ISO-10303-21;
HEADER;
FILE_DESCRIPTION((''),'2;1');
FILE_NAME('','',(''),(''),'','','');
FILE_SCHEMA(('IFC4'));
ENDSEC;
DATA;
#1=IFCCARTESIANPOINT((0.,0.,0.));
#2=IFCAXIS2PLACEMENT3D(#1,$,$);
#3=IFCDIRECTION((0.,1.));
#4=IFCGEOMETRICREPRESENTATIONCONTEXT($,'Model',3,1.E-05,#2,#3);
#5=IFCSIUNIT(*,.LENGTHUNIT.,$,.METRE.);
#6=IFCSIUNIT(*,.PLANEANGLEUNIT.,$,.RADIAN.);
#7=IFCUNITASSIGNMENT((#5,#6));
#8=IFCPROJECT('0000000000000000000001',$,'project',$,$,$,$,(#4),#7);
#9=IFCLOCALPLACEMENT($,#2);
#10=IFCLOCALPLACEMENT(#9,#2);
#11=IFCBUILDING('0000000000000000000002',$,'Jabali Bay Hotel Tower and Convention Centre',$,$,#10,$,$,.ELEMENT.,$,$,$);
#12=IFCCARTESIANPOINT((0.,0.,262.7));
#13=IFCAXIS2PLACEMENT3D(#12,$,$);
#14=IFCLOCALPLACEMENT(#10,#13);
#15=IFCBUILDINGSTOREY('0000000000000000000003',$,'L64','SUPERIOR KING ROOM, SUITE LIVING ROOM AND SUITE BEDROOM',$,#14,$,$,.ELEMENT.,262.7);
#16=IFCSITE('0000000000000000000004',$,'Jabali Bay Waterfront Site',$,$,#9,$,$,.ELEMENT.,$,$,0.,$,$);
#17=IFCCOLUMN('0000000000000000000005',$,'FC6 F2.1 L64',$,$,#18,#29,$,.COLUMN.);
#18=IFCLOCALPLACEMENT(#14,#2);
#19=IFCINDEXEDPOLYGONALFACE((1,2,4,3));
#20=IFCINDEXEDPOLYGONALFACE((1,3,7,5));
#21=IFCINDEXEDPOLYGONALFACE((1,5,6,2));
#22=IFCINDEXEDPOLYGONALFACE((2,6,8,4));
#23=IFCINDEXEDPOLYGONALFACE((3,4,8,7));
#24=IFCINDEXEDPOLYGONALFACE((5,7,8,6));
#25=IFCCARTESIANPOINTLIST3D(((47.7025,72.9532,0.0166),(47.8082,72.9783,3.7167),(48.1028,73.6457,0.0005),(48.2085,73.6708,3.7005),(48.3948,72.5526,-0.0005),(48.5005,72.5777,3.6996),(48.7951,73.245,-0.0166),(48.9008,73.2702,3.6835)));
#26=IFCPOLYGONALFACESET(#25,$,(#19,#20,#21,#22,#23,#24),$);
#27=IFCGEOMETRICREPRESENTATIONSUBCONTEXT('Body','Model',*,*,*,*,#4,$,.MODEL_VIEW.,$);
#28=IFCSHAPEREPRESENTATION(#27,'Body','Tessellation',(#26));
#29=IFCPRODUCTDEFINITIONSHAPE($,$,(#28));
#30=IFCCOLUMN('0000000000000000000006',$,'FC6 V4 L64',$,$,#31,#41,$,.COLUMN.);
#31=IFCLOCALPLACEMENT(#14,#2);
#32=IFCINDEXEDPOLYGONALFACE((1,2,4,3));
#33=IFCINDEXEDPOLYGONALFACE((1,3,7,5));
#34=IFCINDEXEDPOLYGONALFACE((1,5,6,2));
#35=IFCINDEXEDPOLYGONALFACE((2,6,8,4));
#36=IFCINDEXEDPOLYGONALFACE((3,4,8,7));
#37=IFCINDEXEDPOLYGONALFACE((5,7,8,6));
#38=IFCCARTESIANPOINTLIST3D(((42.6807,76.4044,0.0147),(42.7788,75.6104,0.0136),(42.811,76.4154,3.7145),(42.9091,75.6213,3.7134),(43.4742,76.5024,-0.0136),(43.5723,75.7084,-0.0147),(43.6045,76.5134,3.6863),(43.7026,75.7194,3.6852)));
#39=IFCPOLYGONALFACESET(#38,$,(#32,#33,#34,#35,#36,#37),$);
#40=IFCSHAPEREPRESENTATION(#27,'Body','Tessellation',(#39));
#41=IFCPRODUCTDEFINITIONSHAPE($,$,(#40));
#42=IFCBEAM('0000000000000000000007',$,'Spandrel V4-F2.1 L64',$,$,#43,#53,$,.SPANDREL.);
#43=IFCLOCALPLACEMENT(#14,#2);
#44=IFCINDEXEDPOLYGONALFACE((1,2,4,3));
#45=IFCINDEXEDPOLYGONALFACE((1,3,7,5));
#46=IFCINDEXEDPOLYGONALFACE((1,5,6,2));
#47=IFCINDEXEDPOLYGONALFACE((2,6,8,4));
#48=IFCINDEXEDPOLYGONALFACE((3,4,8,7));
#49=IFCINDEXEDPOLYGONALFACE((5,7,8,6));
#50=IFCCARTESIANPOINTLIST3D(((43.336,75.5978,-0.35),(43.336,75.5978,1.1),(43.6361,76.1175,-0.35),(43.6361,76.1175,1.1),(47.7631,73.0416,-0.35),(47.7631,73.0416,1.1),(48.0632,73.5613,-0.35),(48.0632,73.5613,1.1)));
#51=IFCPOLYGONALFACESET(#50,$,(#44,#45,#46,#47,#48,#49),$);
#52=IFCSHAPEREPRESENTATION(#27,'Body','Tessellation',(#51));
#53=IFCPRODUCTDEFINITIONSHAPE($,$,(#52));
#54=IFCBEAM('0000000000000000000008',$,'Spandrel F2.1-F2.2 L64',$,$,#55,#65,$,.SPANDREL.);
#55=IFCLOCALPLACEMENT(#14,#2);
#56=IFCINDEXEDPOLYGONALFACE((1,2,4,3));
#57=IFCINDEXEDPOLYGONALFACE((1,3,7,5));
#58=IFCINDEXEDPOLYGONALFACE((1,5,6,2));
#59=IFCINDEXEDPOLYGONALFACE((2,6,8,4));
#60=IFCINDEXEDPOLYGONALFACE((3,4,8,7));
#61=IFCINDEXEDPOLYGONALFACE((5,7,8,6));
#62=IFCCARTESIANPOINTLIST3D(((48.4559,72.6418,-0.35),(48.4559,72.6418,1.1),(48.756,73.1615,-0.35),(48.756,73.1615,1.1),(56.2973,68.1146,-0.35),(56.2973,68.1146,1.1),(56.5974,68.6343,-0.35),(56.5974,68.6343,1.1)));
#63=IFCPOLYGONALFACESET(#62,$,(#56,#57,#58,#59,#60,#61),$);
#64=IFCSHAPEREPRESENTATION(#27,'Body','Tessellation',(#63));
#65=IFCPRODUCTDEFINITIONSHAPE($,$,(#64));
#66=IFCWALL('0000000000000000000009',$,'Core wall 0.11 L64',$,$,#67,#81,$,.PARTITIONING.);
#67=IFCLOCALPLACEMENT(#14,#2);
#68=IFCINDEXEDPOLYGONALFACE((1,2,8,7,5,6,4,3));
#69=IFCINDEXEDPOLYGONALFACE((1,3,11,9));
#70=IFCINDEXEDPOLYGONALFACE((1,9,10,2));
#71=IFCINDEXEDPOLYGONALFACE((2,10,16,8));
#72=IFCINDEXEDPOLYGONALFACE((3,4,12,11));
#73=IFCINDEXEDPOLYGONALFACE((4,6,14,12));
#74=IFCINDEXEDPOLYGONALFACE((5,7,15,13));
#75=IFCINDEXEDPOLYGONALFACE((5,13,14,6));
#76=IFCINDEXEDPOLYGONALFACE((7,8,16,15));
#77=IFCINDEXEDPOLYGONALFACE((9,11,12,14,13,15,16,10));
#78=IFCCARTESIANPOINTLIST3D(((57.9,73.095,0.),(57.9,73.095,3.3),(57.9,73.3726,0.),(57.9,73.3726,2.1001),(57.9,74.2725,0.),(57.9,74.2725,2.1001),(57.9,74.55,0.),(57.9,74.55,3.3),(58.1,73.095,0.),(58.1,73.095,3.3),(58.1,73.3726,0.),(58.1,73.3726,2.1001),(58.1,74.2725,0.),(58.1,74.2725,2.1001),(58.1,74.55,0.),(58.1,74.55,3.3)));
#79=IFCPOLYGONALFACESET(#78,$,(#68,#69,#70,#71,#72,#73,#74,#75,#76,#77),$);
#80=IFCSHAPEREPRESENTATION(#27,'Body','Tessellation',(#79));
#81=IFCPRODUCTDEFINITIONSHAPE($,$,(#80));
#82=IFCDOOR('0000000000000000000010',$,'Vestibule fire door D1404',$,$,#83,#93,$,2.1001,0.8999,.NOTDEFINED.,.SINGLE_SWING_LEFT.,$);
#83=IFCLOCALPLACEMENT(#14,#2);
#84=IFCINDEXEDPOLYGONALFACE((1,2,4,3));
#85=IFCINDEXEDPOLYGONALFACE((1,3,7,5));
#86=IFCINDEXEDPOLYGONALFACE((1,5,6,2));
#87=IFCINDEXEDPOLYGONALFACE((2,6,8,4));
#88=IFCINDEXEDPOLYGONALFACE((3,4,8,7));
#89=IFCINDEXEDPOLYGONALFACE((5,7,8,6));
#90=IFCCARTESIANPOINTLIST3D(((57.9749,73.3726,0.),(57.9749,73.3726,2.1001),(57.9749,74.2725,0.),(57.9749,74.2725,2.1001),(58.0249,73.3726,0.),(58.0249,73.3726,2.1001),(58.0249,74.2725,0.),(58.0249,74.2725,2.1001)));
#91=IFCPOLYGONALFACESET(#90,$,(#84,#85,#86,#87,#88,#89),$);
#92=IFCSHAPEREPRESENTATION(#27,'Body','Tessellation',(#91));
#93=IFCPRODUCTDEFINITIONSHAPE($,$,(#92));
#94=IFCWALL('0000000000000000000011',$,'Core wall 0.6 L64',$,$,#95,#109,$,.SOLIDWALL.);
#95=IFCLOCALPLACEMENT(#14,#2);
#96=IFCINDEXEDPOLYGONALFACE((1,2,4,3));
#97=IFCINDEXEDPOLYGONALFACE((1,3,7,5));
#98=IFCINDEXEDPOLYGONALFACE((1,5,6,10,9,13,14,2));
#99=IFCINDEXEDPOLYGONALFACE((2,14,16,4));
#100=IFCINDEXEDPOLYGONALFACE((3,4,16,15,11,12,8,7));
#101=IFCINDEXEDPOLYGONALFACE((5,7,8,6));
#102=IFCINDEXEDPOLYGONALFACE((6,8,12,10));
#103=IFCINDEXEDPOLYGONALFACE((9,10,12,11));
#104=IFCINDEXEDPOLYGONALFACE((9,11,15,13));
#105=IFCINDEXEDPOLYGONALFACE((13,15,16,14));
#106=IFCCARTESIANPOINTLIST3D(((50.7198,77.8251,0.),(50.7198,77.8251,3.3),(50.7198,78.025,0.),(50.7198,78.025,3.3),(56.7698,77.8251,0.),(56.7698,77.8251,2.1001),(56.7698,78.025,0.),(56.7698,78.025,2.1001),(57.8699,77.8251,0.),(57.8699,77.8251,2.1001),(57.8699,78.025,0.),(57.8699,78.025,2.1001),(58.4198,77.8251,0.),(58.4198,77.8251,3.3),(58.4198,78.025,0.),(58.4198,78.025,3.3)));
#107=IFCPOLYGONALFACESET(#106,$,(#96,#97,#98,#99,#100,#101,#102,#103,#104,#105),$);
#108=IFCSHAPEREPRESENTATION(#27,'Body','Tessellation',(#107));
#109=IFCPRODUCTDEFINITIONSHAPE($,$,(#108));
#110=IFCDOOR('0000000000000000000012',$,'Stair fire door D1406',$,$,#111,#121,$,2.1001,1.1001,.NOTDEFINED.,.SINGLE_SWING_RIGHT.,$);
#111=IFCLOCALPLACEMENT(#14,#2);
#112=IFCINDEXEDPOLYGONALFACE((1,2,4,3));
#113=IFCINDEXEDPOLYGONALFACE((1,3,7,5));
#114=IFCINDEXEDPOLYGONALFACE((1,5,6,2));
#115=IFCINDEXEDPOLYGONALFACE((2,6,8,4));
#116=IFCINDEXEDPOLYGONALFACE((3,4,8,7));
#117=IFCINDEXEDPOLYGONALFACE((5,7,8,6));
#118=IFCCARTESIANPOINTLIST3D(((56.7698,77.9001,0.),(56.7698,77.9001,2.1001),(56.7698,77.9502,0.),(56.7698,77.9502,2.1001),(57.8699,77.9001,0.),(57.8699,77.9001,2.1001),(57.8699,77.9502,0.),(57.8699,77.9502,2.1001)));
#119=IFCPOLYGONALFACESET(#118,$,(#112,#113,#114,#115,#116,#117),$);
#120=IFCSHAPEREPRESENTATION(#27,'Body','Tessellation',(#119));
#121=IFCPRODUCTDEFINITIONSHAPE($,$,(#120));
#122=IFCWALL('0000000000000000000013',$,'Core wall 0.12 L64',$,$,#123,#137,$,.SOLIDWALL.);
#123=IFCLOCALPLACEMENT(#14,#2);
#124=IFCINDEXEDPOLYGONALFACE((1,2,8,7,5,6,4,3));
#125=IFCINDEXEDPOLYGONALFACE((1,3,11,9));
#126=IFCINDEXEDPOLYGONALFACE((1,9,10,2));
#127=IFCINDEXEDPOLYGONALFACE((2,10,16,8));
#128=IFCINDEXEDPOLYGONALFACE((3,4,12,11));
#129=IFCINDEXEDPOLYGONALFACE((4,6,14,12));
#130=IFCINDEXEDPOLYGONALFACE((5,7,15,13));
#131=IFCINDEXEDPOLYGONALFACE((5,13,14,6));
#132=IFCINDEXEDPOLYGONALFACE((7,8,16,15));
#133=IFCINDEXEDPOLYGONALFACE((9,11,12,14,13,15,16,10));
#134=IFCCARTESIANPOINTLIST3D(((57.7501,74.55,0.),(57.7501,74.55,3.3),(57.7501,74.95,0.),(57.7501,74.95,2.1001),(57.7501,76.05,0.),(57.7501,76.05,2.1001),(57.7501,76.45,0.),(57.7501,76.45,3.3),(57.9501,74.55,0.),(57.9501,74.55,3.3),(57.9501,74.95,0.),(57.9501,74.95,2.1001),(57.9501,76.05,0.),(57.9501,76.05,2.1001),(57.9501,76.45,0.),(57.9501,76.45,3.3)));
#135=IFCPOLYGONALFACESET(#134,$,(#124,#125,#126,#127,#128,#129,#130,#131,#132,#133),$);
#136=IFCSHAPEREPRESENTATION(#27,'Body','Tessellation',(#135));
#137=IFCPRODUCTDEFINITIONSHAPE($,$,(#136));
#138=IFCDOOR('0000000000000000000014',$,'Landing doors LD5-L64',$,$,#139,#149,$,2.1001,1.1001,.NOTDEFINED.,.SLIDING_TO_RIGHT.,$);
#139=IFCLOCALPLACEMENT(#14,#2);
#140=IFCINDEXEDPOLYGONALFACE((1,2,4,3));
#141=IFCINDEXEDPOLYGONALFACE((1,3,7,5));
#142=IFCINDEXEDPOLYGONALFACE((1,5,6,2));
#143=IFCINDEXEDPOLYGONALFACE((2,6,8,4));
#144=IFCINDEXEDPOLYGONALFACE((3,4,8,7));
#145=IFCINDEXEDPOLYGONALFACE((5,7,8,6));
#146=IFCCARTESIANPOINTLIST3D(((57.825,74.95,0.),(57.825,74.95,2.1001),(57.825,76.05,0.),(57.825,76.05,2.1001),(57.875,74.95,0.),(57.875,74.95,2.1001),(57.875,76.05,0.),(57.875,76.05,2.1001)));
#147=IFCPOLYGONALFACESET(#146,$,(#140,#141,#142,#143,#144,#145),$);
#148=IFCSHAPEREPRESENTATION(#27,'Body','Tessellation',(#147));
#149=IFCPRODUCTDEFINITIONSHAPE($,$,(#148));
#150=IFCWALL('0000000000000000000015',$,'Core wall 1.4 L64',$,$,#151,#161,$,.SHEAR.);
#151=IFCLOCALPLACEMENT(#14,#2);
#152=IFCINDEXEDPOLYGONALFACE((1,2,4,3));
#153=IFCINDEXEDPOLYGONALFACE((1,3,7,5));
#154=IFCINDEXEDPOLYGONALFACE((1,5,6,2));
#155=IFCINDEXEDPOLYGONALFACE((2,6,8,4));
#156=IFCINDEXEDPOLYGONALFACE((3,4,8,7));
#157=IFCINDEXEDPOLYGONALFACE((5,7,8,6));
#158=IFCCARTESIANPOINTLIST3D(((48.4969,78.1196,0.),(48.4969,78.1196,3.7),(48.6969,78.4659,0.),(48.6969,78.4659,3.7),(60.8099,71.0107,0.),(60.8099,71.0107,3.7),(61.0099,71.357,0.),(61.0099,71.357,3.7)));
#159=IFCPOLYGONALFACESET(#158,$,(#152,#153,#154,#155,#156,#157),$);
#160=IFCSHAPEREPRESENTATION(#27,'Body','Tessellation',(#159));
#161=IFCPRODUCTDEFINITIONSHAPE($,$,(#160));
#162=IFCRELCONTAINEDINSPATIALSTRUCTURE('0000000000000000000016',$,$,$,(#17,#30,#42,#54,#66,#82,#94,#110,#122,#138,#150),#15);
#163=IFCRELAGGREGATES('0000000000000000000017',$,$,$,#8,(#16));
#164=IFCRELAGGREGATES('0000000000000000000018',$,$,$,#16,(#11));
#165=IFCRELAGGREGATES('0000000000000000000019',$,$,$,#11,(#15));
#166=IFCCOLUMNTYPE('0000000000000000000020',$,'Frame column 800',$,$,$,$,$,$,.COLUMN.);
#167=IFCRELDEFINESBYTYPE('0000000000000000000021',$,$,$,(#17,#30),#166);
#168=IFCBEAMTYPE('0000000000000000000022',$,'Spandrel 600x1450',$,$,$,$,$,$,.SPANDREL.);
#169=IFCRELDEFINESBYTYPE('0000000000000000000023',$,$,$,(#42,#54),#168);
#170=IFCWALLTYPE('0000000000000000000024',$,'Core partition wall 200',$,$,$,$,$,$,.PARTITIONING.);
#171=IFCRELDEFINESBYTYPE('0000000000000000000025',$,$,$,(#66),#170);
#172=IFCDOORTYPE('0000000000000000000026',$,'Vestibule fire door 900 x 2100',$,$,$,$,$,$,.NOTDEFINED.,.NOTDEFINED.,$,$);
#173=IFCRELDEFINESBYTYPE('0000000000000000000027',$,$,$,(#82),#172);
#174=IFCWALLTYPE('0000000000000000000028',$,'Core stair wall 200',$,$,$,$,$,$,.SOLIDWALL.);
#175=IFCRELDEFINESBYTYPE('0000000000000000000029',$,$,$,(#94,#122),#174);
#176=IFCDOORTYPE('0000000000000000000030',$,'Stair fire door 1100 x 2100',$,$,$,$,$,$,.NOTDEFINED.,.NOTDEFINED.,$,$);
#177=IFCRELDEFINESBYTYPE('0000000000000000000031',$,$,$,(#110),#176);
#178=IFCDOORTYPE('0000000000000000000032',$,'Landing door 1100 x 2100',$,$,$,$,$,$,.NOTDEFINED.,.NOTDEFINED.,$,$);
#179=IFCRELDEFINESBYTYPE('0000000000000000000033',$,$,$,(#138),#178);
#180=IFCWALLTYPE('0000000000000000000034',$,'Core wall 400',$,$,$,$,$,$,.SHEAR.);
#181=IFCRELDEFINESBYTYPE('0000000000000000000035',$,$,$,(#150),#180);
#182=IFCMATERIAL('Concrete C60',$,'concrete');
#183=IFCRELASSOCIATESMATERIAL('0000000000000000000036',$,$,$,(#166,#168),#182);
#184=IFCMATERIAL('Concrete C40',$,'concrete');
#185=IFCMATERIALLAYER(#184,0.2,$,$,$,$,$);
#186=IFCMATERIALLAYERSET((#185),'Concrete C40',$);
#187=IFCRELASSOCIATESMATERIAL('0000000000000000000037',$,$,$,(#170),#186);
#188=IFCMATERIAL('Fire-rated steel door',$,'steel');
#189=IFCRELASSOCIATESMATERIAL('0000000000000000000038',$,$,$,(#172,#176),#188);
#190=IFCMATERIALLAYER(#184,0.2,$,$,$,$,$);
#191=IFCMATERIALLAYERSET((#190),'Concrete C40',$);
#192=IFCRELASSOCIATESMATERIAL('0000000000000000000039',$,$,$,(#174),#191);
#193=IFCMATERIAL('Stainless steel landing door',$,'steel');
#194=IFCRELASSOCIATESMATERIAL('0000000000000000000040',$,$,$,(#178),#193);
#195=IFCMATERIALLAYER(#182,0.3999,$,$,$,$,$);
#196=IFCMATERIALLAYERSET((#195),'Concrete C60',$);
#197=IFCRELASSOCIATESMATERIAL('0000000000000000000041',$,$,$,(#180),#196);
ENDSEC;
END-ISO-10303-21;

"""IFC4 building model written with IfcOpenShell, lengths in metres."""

from ifc_helpers import new_model, si_unit, direction, frame, frame_2d, origin, origin_2d, place, context, subcontext, project, spatial, rectangle, extrude, material, layer, layer_set, material_profile, profile_set, type_object, element, fill, save


model = new_model("IFC4")

# Units and contexts
model_context = context("Model", 3, precision=1e-05, world=origin(), true_north=direction((0.0, 1.0)))
body_context = subcontext(model_context, "Body", "Model", "MODEL_VIEW")
ifc_project = project(units=[si_unit("LENGTHUNIT", "METRE"), si_unit("PLANEANGLEUNIT", "RADIAN")], contexts=[model_context])

# Site, building, storey
site_placement = place(None, origin())
site = spatial("IfcSite", under=ifc_project, at=site_placement, Name="Jabali Bay Waterfront Site", CompositionType="ELEMENT", RefElevation=0.0)
building_placement = place(site_placement, origin())
building = spatial("IfcBuilding", under=site, at=building_placement, Name="Jabali Bay Hotel Tower and Convention Centre", CompositionType="ELEMENT")
storey_placement = place(building_placement, frame((0.0, 0.0, 262.7)))
storey = spatial("IfcBuildingStorey", under=building, at=storey_placement, Name="L64", Description="SUPERIOR KING ROOM, SUITE LIVING ROOM AND SUITE BEDROOM", CompositionType="ELEMENT", Elevation=262.7)

# Columns
ifc_material_1 = material(Name="Concrete C60", Category="concrete")
ifc_material_profile_1 = material_profile(ifc_material_1, rectangle(XDim=0.8, YDim=0.8, at=origin_2d()), Name="Frame column 800")
ifc_profile_set_1 = profile_set([ifc_material_profile_1], Name="Concrete C60")
column_type = type_object("IfcColumnType", Name="Frame column 800", PredefinedType="COLUMN", material=ifc_profile_set_1)
column_1_placement = place(storey_placement, frame((48.2488, 73.0991, 0.0), z_axis=(0.028559, 0.006794, 0.999569), x_axis=(-0.86532, 0.500766, 0.02132)))
element("IfcColumn", 1, at=column_1_placement, inside=storey, type_object=column_type, Name="FC6 F2.1 L64", PredefinedType="COLUMN", context=body_context, shape_type="SweptSolid", body=[
    extrude(rectangle(XDim=0.8, YDim=0.8, at=origin_2d()), origin(), (0.0, 0.0, 1.0), 3.7017),
])
column_2_placement = place(storey_placement, frame((43.1265, 76.0564, 0.0), z_axis=(0.035214, 0.002967, 0.999375), x_axis=(-0.122611, 0.992454, 0.001373)))
element("IfcColumn", 2, at=column_2_placement, inside=storey, type_object=column_type, Name="FC6 V4 L64", PredefinedType="COLUMN", context=body_context, shape_type="SweptSolid", body=[
    extrude(rectangle(XDim=0.8, YDim=0.8, at=origin_2d()), origin(), (0.0, 0.0, 1.0), 3.7021),
])

# Beams
ifc_material_profile_2 = material_profile(ifc_material_1, rectangle(XDim=0.6001, YDim=1.45, at=origin_2d()), Name="Spandrel 600x1450")
ifc_profile_set_2 = profile_set([ifc_material_profile_2], Name="Concrete C60")
beam_type = type_object("IfcBeamType", Name="Spandrel 600x1450", PredefinedType="SPANDREL", material=ifc_profile_set_2)
beam_1_placement = place(storey_placement, frame((43.4861, 75.8577, 0.375), z_axis=(0.866007, -0.500033, 0.0), x_axis=(0.500033, 0.866007, 0.0)))
element("IfcBeam", 3, at=beam_1_placement, inside=storey, type_object=beam_type, Name="Spandrel V4-F2.1 L64", PredefinedType="SPANDREL", context=body_context, shape_type="SweptSolid", body=[
    extrude(rectangle(XDim=0.6001, YDim=1.45, at=origin_2d()), origin(), (0.0, 0.0, 1.0), 5.1121),
])
beam_2_placement = place(storey_placement, frame((48.606, 72.9016, 0.375), z_axis=(0.866029, -0.499993, 0.0), x_axis=(0.499993, 0.866029, 0.0)))
element("IfcBeam", 4, at=beam_2_placement, inside=storey, type_object=beam_type, Name="Spandrel F2.1-F2.2 L64", PredefinedType="SPANDREL", context=body_context, shape_type="SweptSolid", body=[
    extrude(rectangle(XDim=0.6001, YDim=1.45, at=origin_2d()), origin(), (0.0, 0.0, 1.0), 9.0544),
])

# Walls, openings, doors
ifc_material_2 = material(Name="Concrete C40", Category="concrete")
ifc_layer_1 = layer(ifc_material_2, 0.2)
ifc_layer_set_1 = layer_set([ifc_layer_1], Name="Concrete C40")
wall_type_1 = type_object("IfcWallType", Name="Core partition wall 200", PredefinedType="PARTITIONING", material=ifc_layer_set_1)
wall_1_placement = place(storey_placement, frame((58.0, 74.55, 0.0), z_axis=(0.0, 0.0, 1.0), x_axis=(0.0, -1.0, 0.0)))
wall_1 = element("IfcWall", 5, at=wall_1_placement, inside=storey, type_object=wall_type_1, Name="Core wall 0.11 L64", PredefinedType="PARTITIONING", context=body_context, shape_type="SweptSolid", body=[
    extrude(rectangle(XDim=1.4551, YDim=0.2, at=frame_2d((0.7275, 0.0))), origin(), (0.0, 0.0, 1.0), 3.3),
])
opening_1_placement = place(wall_1_placement, frame((0.2776, 0.0, 0.0)))
opening_1 = element("IfcOpeningElement", 6, at=opening_1_placement, cuts=wall_1, PredefinedType="OPENING", context=body_context, shape_type="SweptSolid", body=[
    extrude(rectangle(XDim=0.8999, YDim=2.1001, at=frame_2d((0.45, 1.05))), frame((0.0, 0.1104, 0.0), z_axis=(0.0, -1.0, 0.0), x_axis=(1.0, 0.0, 0.0)), (0.0, 0.0, 1.0), 0.2209),
])
ifc_material_3 = material(Name="Fire-rated steel door", Category="steel")
door_type_1 = type_object("IfcDoorType", Name="Vestibule fire door 900 x 2100", OperationType="NOTDEFINED", PredefinedType="NOTDEFINED", material=ifc_material_3)
door_1_placement = place(opening_1_placement, origin())
door_1 = element("IfcDoor", 7, at=door_1_placement, inside=storey, type_object=door_type_1, Name="Vestibule fire door D1404", OperationType="SINGLE_SWING_LEFT", OverallHeight=2.1001, OverallWidth=0.8999, PredefinedType="NOTDEFINED", context=body_context, shape_type="SweptSolid", body=[
    extrude(rectangle(XDim=0.8999, YDim=2.1001, at=frame_2d((0.45, 1.05))), frame((0.0, 0.0249, 0.0), z_axis=(0.0, -1.0, 0.0), x_axis=(1.0, 0.0, 0.0)), (0.0, 0.0, 1.0), 0.05),
])
fill(opening_1, door_1)
ifc_layer_2 = layer(ifc_material_2, 0.2)
ifc_layer_set_2 = layer_set([ifc_layer_2], Name="Concrete C40")
wall_type_2 = type_object("IfcWallType", Name="Core stair wall 200", PredefinedType="SOLIDWALL", material=ifc_layer_set_2)
wall_2_placement = place(storey_placement, frame((58.4199, 77.925, 0.0), z_axis=(0.0, 0.0, 1.0), x_axis=(-1.0, 0.0, 0.0)))
wall_2 = element("IfcWall", 8, at=wall_2_placement, inside=storey, type_object=wall_type_2, Name="Core wall 0.6 L64", PredefinedType="SOLIDWALL", context=body_context, shape_type="SweptSolid", body=[
    extrude(rectangle(XDim=7.7, YDim=0.2, at=frame_2d((3.8501, 0.0))), origin(), (0.0, 0.0, 1.0), 3.3),
])
opening_2_placement = place(wall_2_placement, frame((0.55, 0.0, 0.0)))
opening_2 = element("IfcOpeningElement", 9, at=opening_2_placement, cuts=wall_2, PredefinedType="OPENING", context=body_context, shape_type="SweptSolid", body=[
    extrude(rectangle(XDim=1.1001, YDim=2.1001, at=frame_2d((0.55, 1.05))), frame((0.0, 0.1104, 0.0), z_axis=(0.0, -1.0, 0.0), x_axis=(1.0, 0.0, 0.0)), (0.0, 0.0, 1.0), 0.2209),
])
door_type_2 = type_object("IfcDoorType", Name="Stair fire door 1100 x 2100", OperationType="NOTDEFINED", PredefinedType="NOTDEFINED", material=ifc_material_3)
door_2_placement = place(opening_2_placement, origin())
door_2 = element("IfcDoor", 10, at=door_2_placement, inside=storey, type_object=door_type_2, Name="Stair fire door D1406", OperationType="SINGLE_SWING_RIGHT", OverallHeight=2.1001, OverallWidth=1.1001, PredefinedType="NOTDEFINED", context=body_context, shape_type="SweptSolid", body=[
    extrude(rectangle(XDim=1.1001, YDim=2.1001, at=frame_2d((0.55, 1.05))), frame((0.0, 0.0249, 0.0), z_axis=(0.0, -1.0, 0.0), x_axis=(1.0, 0.0, 0.0)), (0.0, 0.0, 1.0), 0.05),
])
fill(opening_2, door_2)
wall_3_placement = place(storey_placement, frame((57.8501, 76.45, 0.0), z_axis=(0.0, 0.0, 1.0), x_axis=(0.0, -1.0, 0.0)))
wall_3 = element("IfcWall", 11, at=wall_3_placement, inside=storey, type_object=wall_type_2, Name="Core wall 0.12 L64", PredefinedType="SOLIDWALL", context=body_context, shape_type="SweptSolid", body=[
    extrude(rectangle(XDim=1.8999, YDim=0.2, at=frame_2d((0.95, 0.0))), origin(), (0.0, 0.0, 1.0), 3.3),
])
opening_3_placement = place(wall_3_placement, frame((0.3999, 0.0, 0.0)))
opening_3 = element("IfcOpeningElement", 12, at=opening_3_placement, cuts=wall_3, PredefinedType="OPENING", context=body_context, shape_type="SweptSolid", body=[
    extrude(rectangle(XDim=1.1001, YDim=2.1001, at=frame_2d((0.55, 1.05))), frame((0.0, 0.1104, 0.0), z_axis=(0.0, -1.0, 0.0), x_axis=(1.0, 0.0, 0.0)), (0.0, 0.0, 1.0), 0.2209),
])
ifc_material_4 = material(Name="Stainless steel landing door", Category="steel")
door_type_3 = type_object("IfcDoorType", Name="Landing door 1100 x 2100", OperationType="NOTDEFINED", PredefinedType="NOTDEFINED", material=ifc_material_4)
door_3_placement = place(opening_3_placement, origin())
door_3 = element("IfcDoor", 13, at=door_3_placement, inside=storey, type_object=door_type_3, Name="Landing doors LD5-L64", OperationType="SLIDING_TO_RIGHT", OverallHeight=2.1001, OverallWidth=1.1001, PredefinedType="NOTDEFINED", context=body_context, shape_type="SweptSolid", body=[
    extrude(rectangle(XDim=1.1001, YDim=2.1001, at=frame_2d((0.55, 1.05))), frame((0.0, 0.0249, 0.0), z_axis=(0.0, -1.0, 0.0), x_axis=(1.0, 0.0, 0.0)), (0.0, 0.0, 1.0), 0.05),
])
fill(opening_3, door_3)

# Wall
ifc_layer_3 = layer(ifc_material_1, 0.3999)
ifc_layer_set_3 = layer_set([ifc_layer_3], Name="Concrete C60")
wall_type_3 = type_object("IfcWallType", Name="Core wall 400", PredefinedType="SHEAR", material=ifc_layer_set_3)
wall_4_placement = place(storey_placement, frame((48.5969, 78.2927, 0.0), z_axis=(0.0, 0.0, 1.0), x_axis=(0.866026, -0.499999, 0.0)))
element("IfcWall", 14, at=wall_4_placement, inside=storey, type_object=wall_type_3, Name="Core wall 1.4 L64", PredefinedType="SHEAR", context=body_context, shape_type="SweptSolid", body=[
    extrude(rectangle(XDim=14.2178, YDim=0.3999, at=frame_2d((7.1089, 0.0))), origin(), (0.0, 0.0, 1.0), 3.7),
])

save(model, "model.ifc")
